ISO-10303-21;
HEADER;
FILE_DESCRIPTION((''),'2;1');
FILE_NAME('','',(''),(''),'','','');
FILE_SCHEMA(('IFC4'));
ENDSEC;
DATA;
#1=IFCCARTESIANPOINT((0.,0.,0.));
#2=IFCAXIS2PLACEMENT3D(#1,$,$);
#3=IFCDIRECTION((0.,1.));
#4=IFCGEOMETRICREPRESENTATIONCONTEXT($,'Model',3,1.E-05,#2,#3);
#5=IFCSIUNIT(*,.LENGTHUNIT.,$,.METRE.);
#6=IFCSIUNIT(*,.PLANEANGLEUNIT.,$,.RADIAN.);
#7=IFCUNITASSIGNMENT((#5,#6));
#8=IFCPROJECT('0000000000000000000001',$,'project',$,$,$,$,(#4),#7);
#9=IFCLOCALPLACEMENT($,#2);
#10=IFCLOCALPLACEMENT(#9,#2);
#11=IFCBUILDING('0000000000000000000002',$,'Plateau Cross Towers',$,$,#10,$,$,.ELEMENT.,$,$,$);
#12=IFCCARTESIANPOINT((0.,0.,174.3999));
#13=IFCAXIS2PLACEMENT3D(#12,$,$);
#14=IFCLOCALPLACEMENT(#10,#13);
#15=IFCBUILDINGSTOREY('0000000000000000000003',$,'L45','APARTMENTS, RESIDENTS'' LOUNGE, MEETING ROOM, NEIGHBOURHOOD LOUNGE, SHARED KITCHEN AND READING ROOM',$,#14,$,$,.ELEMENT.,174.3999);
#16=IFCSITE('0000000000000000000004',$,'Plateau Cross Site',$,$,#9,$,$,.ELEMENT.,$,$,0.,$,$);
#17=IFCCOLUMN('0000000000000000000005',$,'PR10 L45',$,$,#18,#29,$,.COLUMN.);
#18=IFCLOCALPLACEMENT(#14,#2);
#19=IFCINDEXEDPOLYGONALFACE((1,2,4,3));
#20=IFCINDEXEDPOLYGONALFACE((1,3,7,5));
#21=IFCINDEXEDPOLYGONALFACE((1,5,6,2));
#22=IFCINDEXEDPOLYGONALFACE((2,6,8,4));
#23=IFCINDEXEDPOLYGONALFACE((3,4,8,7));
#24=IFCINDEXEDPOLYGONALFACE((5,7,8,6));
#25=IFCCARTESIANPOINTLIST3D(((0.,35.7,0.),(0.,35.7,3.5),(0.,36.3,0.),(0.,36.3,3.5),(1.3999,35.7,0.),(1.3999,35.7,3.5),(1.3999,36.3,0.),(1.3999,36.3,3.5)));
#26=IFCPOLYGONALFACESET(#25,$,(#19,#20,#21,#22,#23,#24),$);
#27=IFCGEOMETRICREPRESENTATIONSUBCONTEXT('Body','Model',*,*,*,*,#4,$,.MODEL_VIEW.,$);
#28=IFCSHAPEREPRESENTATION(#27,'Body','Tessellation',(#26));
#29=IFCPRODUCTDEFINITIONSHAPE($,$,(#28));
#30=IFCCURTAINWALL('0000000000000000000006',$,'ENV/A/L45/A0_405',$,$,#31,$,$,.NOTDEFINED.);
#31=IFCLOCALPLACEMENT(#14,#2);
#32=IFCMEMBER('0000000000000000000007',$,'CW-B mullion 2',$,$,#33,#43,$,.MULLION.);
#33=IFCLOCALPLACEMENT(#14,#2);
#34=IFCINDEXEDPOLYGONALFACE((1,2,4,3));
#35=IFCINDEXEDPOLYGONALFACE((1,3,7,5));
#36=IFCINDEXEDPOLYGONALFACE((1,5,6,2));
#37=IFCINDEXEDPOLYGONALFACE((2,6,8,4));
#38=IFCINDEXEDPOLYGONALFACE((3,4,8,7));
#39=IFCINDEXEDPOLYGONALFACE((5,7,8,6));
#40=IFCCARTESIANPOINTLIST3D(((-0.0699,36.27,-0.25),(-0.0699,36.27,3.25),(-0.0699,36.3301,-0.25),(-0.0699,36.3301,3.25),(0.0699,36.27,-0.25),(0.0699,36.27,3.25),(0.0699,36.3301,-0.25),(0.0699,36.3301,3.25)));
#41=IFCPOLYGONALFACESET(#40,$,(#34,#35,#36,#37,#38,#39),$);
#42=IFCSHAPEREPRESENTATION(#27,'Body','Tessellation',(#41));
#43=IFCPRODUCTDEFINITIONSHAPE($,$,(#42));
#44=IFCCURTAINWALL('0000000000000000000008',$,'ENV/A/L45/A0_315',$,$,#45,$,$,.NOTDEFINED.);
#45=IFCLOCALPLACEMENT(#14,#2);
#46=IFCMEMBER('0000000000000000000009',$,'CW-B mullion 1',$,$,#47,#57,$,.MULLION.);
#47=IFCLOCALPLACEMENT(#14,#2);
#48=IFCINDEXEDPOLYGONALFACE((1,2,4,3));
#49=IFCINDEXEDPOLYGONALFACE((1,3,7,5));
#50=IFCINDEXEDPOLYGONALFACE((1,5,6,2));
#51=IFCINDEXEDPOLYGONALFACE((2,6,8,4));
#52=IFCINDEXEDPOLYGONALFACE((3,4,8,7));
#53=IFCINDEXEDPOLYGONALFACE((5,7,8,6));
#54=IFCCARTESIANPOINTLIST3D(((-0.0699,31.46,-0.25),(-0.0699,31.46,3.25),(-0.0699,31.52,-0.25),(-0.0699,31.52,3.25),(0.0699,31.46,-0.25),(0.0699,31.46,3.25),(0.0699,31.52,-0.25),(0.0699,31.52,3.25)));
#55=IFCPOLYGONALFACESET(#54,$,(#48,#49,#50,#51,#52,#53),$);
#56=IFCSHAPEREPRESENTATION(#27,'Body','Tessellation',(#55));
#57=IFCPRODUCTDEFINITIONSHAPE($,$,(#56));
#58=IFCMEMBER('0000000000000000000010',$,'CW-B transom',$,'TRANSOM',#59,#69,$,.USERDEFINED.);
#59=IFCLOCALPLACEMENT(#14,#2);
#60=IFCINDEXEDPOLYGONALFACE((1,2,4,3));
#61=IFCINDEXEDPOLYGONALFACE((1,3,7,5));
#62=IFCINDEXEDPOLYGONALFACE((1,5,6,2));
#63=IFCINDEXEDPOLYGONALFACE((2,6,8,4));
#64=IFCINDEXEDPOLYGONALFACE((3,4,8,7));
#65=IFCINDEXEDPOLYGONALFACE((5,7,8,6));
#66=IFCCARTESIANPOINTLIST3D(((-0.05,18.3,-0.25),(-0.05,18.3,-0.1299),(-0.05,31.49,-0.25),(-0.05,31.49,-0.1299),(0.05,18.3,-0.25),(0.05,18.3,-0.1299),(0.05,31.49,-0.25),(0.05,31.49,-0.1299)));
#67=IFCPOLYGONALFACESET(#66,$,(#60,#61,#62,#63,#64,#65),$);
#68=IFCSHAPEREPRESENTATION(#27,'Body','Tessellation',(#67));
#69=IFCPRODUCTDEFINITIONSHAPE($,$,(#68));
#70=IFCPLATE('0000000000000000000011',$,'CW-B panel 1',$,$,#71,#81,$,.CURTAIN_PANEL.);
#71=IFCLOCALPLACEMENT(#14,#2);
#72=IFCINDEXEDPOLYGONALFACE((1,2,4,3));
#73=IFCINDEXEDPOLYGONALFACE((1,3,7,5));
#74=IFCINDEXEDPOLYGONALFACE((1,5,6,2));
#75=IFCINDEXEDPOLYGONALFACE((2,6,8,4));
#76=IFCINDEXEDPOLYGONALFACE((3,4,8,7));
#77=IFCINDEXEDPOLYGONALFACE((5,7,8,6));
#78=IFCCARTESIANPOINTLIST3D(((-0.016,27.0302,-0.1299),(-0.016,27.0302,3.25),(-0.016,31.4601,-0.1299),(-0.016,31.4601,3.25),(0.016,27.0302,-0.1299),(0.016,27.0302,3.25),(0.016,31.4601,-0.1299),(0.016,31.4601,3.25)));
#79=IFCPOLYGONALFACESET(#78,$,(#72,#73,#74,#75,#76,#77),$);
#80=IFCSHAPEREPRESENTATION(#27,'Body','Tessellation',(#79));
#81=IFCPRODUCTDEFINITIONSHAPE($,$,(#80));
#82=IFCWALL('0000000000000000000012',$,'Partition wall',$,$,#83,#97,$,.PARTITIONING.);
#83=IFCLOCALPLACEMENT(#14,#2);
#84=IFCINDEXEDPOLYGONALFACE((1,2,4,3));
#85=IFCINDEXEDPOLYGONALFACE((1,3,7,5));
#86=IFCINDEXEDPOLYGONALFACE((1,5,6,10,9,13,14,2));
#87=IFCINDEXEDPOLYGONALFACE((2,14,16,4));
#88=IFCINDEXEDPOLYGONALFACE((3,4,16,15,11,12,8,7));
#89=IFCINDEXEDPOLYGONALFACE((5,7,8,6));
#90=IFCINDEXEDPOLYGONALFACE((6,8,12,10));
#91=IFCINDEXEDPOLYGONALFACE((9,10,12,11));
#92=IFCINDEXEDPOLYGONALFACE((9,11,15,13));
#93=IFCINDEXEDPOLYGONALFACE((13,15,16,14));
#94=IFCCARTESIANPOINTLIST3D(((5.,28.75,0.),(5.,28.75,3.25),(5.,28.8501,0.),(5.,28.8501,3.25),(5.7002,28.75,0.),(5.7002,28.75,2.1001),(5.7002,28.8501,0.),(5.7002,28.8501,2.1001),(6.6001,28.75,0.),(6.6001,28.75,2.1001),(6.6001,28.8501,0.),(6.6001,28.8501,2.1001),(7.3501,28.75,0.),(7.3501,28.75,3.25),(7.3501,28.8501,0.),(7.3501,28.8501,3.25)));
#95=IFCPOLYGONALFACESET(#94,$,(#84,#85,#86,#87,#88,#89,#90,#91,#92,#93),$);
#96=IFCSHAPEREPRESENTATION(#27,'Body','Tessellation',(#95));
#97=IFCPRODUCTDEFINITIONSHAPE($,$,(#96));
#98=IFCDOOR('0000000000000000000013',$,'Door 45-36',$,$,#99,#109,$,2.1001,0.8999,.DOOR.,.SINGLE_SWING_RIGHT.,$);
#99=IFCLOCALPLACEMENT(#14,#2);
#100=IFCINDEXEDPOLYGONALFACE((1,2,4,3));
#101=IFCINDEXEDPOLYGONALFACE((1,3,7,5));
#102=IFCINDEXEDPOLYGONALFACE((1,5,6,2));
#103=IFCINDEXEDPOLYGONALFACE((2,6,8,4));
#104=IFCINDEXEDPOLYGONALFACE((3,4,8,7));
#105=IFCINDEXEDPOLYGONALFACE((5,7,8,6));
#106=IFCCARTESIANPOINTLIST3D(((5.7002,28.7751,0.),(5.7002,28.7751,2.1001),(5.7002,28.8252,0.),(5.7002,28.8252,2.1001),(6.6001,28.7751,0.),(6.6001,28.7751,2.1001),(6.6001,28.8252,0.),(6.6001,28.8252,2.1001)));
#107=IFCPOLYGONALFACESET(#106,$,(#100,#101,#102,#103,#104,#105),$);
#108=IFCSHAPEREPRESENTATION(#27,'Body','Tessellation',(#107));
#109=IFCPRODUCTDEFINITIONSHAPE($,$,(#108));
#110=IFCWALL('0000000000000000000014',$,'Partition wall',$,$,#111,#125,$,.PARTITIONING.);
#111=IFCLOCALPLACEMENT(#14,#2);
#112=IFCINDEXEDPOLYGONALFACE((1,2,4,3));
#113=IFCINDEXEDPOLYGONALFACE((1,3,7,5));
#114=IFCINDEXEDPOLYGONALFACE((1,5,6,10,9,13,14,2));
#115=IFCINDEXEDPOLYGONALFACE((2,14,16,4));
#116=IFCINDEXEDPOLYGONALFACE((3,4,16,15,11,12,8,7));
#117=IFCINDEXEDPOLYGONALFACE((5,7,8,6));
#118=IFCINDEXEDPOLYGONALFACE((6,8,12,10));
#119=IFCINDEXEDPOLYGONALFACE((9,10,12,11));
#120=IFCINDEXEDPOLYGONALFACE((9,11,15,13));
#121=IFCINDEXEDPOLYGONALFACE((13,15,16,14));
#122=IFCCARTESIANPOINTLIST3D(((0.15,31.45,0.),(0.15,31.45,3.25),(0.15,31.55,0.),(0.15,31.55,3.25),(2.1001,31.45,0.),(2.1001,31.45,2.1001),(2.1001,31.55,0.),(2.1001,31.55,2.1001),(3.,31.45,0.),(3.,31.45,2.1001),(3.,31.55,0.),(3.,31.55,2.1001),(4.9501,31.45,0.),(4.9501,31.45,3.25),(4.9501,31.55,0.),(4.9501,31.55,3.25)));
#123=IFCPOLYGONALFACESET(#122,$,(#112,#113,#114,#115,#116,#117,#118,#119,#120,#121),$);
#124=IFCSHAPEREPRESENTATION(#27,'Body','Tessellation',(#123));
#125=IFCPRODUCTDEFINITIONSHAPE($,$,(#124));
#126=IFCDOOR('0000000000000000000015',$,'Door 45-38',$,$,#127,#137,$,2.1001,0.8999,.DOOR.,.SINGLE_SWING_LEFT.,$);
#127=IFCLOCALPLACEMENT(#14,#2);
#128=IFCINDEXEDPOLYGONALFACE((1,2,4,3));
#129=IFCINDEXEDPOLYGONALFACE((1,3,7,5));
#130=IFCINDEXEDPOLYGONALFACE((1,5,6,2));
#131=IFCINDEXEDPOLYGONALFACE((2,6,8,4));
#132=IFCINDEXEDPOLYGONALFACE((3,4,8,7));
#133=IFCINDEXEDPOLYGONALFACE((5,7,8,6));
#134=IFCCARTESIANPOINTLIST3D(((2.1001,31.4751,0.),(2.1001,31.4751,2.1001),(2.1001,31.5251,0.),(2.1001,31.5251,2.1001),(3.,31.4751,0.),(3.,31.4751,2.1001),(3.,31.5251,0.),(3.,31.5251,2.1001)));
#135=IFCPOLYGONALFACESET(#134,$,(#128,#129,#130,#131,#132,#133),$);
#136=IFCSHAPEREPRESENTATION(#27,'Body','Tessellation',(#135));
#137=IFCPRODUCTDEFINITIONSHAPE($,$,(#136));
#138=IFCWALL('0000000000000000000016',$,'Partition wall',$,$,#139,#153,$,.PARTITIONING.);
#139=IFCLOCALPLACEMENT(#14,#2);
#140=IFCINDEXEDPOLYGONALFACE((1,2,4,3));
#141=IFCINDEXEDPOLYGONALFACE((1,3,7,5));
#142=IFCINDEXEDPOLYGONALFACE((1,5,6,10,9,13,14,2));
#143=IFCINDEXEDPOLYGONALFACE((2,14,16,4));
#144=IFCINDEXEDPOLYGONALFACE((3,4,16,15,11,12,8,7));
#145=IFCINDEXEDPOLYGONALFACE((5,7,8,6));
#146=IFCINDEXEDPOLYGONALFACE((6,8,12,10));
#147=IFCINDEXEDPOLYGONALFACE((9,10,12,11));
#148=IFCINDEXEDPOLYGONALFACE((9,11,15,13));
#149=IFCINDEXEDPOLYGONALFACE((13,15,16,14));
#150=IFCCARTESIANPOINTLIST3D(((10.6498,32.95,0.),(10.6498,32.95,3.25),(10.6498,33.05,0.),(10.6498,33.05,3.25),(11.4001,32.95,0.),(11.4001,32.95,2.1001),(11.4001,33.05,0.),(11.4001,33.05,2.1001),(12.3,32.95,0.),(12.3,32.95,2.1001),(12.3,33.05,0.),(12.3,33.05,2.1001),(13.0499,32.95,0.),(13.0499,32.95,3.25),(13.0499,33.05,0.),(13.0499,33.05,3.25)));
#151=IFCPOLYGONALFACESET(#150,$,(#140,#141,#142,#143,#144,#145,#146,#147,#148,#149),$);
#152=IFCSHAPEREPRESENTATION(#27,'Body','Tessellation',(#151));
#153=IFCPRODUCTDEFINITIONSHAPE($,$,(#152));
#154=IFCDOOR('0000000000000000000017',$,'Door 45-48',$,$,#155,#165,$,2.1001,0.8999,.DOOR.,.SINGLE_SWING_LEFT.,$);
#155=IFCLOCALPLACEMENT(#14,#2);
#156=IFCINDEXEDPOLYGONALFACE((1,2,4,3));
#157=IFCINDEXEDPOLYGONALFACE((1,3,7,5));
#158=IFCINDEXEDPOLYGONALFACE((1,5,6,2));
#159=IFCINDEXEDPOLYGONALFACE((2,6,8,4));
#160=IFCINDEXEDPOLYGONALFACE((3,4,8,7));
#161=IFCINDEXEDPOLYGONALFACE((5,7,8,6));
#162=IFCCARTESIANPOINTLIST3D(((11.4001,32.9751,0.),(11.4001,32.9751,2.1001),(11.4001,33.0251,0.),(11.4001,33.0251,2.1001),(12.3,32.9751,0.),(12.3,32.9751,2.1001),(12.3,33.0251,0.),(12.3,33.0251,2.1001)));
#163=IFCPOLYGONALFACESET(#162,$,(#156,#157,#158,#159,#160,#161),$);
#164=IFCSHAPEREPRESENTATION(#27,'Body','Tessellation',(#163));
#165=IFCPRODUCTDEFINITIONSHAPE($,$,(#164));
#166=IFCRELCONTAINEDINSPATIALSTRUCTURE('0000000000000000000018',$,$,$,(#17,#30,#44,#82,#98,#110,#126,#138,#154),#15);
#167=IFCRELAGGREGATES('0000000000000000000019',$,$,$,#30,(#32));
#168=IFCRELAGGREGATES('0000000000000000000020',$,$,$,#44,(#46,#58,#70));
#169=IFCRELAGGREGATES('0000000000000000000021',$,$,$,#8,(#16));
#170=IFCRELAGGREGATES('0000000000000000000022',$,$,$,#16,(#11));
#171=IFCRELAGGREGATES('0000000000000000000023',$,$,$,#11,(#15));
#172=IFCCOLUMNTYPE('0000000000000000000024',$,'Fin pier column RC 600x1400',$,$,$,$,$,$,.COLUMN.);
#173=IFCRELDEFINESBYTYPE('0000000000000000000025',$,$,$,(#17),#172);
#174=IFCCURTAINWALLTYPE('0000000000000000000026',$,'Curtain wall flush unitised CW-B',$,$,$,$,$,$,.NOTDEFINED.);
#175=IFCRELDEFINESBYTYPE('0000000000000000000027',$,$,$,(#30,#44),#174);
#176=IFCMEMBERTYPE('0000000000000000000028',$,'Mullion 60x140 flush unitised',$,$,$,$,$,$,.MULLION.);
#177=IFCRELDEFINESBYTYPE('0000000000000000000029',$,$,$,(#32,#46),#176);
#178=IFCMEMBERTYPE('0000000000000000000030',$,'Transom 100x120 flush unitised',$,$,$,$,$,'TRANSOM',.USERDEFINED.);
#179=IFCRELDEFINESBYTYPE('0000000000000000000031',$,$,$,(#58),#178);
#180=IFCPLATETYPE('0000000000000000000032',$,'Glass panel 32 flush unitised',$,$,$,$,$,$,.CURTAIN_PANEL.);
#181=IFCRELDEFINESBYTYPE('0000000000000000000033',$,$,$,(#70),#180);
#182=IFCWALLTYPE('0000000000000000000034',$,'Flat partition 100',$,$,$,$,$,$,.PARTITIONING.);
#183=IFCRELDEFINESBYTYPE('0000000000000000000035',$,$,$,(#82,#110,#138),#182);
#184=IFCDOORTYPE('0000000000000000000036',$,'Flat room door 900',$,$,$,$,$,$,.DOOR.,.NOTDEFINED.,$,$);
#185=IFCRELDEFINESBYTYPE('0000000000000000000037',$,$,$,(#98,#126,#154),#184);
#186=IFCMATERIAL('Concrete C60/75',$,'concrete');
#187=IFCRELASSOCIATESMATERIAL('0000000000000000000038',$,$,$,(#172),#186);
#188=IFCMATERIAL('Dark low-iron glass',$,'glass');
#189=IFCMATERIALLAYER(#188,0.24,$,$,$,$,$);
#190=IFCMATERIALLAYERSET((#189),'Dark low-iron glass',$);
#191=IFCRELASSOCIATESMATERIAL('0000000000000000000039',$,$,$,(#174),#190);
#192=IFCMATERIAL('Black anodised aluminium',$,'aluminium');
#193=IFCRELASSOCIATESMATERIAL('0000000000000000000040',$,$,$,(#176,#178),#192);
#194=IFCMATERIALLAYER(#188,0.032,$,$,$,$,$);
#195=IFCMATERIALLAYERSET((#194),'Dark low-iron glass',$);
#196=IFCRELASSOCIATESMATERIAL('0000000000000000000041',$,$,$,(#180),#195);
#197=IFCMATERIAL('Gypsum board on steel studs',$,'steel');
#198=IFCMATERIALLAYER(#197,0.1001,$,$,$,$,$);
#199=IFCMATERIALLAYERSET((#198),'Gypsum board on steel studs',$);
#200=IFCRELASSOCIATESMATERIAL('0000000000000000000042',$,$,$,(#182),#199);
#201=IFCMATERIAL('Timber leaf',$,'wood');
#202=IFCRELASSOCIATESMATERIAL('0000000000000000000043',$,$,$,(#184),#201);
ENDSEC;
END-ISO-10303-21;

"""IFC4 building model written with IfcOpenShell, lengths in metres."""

from ifc_helpers import new_model, si_unit, direction, frame, frame_2d, origin, origin_2d, place, context, subcontext, project, spatial, rectangle, extrude, material, layer, layer_set, material_profile, profile_set, type_object, element, fill, aggregate, save


model = new_model("IFC4")

# Units and contexts
model_context = context("Model", 3, precision=1e-05, world=origin(), true_north=direction((0.0, 1.0)))
body_context = subcontext(model_context, "Body", "Model", "MODEL_VIEW")
ifc_project = project(units=[si_unit("LENGTHUNIT", "METRE"), si_unit("PLANEANGLEUNIT", "RADIAN")], contexts=[model_context])

# Site, building, storey
site_placement = place(None, origin())
site = spatial("IfcSite", under=ifc_project, at=site_placement, Name="Plateau Cross Site", CompositionType="ELEMENT", RefElevation=0.0)
building_placement = place(site_placement, origin())
building = spatial("IfcBuilding", under=site, at=building_placement, Name="Plateau Cross Towers", CompositionType="ELEMENT")
storey_placement = place(building_placement, frame((0.0, 0.0, 174.3999)))
storey = spatial("IfcBuildingStorey", under=building, at=storey_placement, Name="L45", Description="APARTMENTS, RESIDENTS' LOUNGE, MEETING ROOM, NEIGHBOURHOOD LOUNGE, SHARED KITCHEN AND READING ROOM", CompositionType="ELEMENT", Elevation=174.3999)

# Column
ifc_material_1 = material(Name="Concrete C60/75", Category="concrete")
ifc_material_profile_1 = material_profile(ifc_material_1, rectangle(XDim=0.6001, YDim=1.3999, at=origin_2d()), Name="RC 600x1400")
ifc_profile_set_1 = profile_set([ifc_material_profile_1], Name="Concrete C60/75")
column_type = type_object("IfcColumnType", Name="Fin pier column RC 600x1400", PredefinedType="COLUMN", material=ifc_profile_set_1)
column_placement = place(storey_placement, frame((0.7, 36.0, 0.0), z_axis=(0.0, 0.0, 1.0), x_axis=(0.0, 1.0, 0.0)))
element("IfcColumn", 1, at=column_placement, inside=storey, type_object=column_type, Name="PR10 L45", PredefinedType="COLUMN", context=body_context, shape_type="SweptSolid", body=[
    extrude(rectangle(XDim=0.6001, YDim=1.3999, at=origin_2d()), origin(), (0.0, 0.0, 1.0), 3.5),
])

# Curtain wall, member
ifc_material_2 = material(Name="Dark low-iron glass", Category="glass")
ifc_layer_1 = layer(ifc_material_2, 0.24)
ifc_layer_set_1 = layer_set([ifc_layer_1], Name="Dark low-iron glass")
curtain_wall_type = type_object("IfcCurtainWallType", Name="Curtain wall flush unitised CW-B", PredefinedType="NOTDEFINED", material=ifc_layer_set_1)
curtain_wall_1_placement = place(storey_placement, origin())
curtain_wall_1 = element("IfcCurtainWall", 2, at=curtain_wall_1_placement, inside=storey, type_object=curtain_wall_type, Name="ENV/A/L45/A0_405", PredefinedType="NOTDEFINED")
ifc_material_3 = material(Name="Black anodised aluminium", Category="aluminium")
ifc_material_profile_2 = material_profile(ifc_material_3, rectangle(XDim=0.0601, YDim=0.1399, at=origin_2d()), Name="MULLION 60x140")
ifc_profile_set_2 = profile_set([ifc_material_profile_2], Name="Black anodised aluminium")
member_type_1 = type_object("IfcMemberType", Name="Mullion 60x140 flush unitised", PredefinedType="MULLION", material=ifc_profile_set_2)
member_1_placement = place(storey_placement, frame((0.0, 36.3, -0.25), z_axis=(0.0, 0.0, 1.0), x_axis=(0.0, -1.0, 0.0)))
member_1 = element("IfcMember", 3, at=member_1_placement, type_object=member_type_1, Name="CW-B mullion 2", PredefinedType="MULLION", context=body_context, shape_type="SweptSolid", body=[
    extrude(rectangle(XDim=0.0601, YDim=0.1399, at=origin_2d()), origin(), (0.0, 0.0, 1.0), 3.5),
])
aggregate(curtain_wall_1, [member_1])

# Curtain wall, members, plate
curtain_wall_2_placement = place(storey_placement, origin())
curtain_wall_2 = element("IfcCurtainWall", 4, at=curtain_wall_2_placement, inside=storey, type_object=curtain_wall_type, Name="ENV/A/L45/A0_315", PredefinedType="NOTDEFINED")
member_2_placement = place(storey_placement, frame((0.0, 31.49, -0.25), z_axis=(0.0, 0.0, 1.0), x_axis=(0.0, -1.0, 0.0)))
member_2 = element("IfcMember", 5, at=member_2_placement, type_object=member_type_1, Name="CW-B mullion 1", PredefinedType="MULLION", context=body_context, shape_type="SweptSolid", body=[
    extrude(rectangle(XDim=0.0601, YDim=0.1399, at=origin_2d()), origin(), (0.0, 0.0, 1.0), 3.5),
])
ifc_material_profile_3 = material_profile(ifc_material_3, rectangle(XDim=0.1001, YDim=0.1201, at=origin_2d()), Name="TRANSOM 100x120")
ifc_profile_set_3 = profile_set([ifc_material_profile_3], Name="Black anodised aluminium")
member_type_2 = type_object("IfcMemberType", Name="Transom 100x120 flush unitised", ElementType="TRANSOM", PredefinedType="USERDEFINED", material=ifc_profile_set_3)
member_3_placement = place(storey_placement, frame((0.0, 31.49, -0.1899), z_axis=(0.0, -1.0, 0.0), x_axis=(1.0, 0.0, 0.0)))
member_3 = element("IfcMember", 6, at=member_3_placement, type_object=member_type_2, Name="CW-B transom", ObjectType="TRANSOM", PredefinedType="USERDEFINED", context=body_context, shape_type="SweptSolid", body=[
    extrude(rectangle(XDim=0.1001, YDim=0.1201, at=origin_2d()), origin(), (0.0, 0.0, 1.0), 13.1899),
])
ifc_layer_2 = layer(ifc_material_2, 0.032)
ifc_layer_set_2 = layer_set([ifc_layer_2], Name="Dark low-iron glass")
plate_type = type_object("IfcPlateType", Name="Glass panel 32 flush unitised", PredefinedType="CURTAIN_PANEL", material=ifc_layer_set_2)
plate_placement = place(storey_placement, frame((0.0, 29.2451, -0.1299), z_axis=(0.0, 0.0, 1.0), x_axis=(0.0, -1.0, 0.0)))
plate = element("IfcPlate", 7, at=plate_placement, type_object=plate_type, Name="CW-B panel 1", PredefinedType="CURTAIN_PANEL", context=body_context, shape_type="SweptSolid", body=[
    extrude(rectangle(XDim=4.4299, YDim=0.032, at=origin_2d()), origin(), (0.0, 0.0, 1.0), 3.3799),
])
aggregate(curtain_wall_2, [member_2, member_3, plate])

# Walls, openings, doors
ifc_material_4 = material(Name="Gypsum board on steel studs", Category="steel")
ifc_layer_3 = layer(ifc_material_4, 0.1001)
ifc_layer_set_3 = layer_set([ifc_layer_3], Name="Gypsum board on steel studs")
wall_type_1 = type_object("IfcWallType", Name="Flat partition 100", PredefinedType="PARTITIONING", material=ifc_layer_set_3)
wall_1_placement = place(storey_placement, frame((7.3501, 28.8, 0.0), z_axis=(0.0, 0.0, 1.0), x_axis=(-1.0, 0.0, 0.0)))
wall_1 = element("IfcWall", 8, at=wall_1_placement, inside=storey, type_object=wall_type_1, Name="Partition wall", PredefinedType="PARTITIONING", context=body_context, shape_type="SweptSolid", body=[
    extrude(rectangle(XDim=2.3501, YDim=0.1001, at=frame_2d((1.175, 0.0))), origin(), (0.0, 0.0, 1.0), 3.25),
])
opening_1_placement = place(wall_1_placement, frame((0.75, 0.0, 0.0)))
opening_1 = element("IfcOpeningElement", 9, at=opening_1_placement, cuts=wall_1, PredefinedType="OPENING", context=body_context, shape_type="SweptSolid", body=[
    extrude(rectangle(XDim=0.8999, YDim=2.1001, at=frame_2d((0.45, 1.05))), frame((0.0, 0.0601, 0.0), z_axis=(0.0, -1.0, 0.0), x_axis=(1.0, 0.0, 0.0)), (0.0, 0.0, 1.0), 0.1201),
])
ifc_material_5 = material(Name="Timber leaf", Category="wood")
door_type_1 = type_object("IfcDoorType", Name="Flat room door 900", OperationType="NOTDEFINED", PredefinedType="DOOR", material=ifc_material_5)
door_1_placement = place(opening_1_placement, origin())
door_1 = element("IfcDoor", 10, at=door_1_placement, inside=storey, type_object=door_type_1, Name="Door 45-36", OperationType="SINGLE_SWING_RIGHT", OverallHeight=2.1001, OverallWidth=0.8999, PredefinedType="DOOR", context=body_context, shape_type="SweptSolid", body=[
    extrude(rectangle(XDim=0.8999, YDim=2.1001, at=frame_2d((0.45, 1.05))), frame((0.0, 0.0249, 0.0), z_axis=(0.0, -1.0, 0.0), x_axis=(1.0, 0.0, 0.0)), (0.0, 0.0, 1.0), 0.05),
])
fill(opening_1, door_1)
wall_2_placement = place(storey_placement, frame((4.95, 31.5, 0.0), z_axis=(0.0, 0.0, 1.0), x_axis=(-1.0, 0.0, 0.0)))
wall_2 = element("IfcWall", 11, at=wall_2_placement, inside=storey, type_object=wall_type_1, Name="Partition wall", PredefinedType="PARTITIONING", context=body_context, shape_type="SweptSolid", body=[
    extrude(rectangle(XDim=4.8, YDim=0.1001, at=frame_2d((2.3999, 0.0))), origin(), (0.0, 0.0, 1.0), 3.25),
])
opening_2_placement = place(wall_2_placement, frame((1.95, 0.0, 0.0)))
opening_2 = element("IfcOpeningElement", 12, at=opening_2_placement, cuts=wall_2, PredefinedType="OPENING", context=body_context, shape_type="SweptSolid", body=[
    extrude(rectangle(XDim=0.8999, YDim=2.1001, at=frame_2d((0.45, 1.05))), frame((0.0, 0.0601, 0.0), z_axis=(0.0, -1.0, 0.0), x_axis=(1.0, 0.0, 0.0)), (0.0, 0.0, 1.0), 0.1201),
])
door_2_placement = place(opening_2_placement, origin())
door_2 = element("IfcDoor", 13, at=door_2_placement, inside=storey, type_object=door_type_1, Name="Door 45-38", OperationType="SINGLE_SWING_LEFT", OverallHeight=2.1001, OverallWidth=0.8999, PredefinedType="DOOR", context=body_context, shape_type="SweptSolid", body=[
    extrude(rectangle(XDim=0.8999, YDim=2.1001, at=frame_2d((0.45, 1.05))), frame((0.0, 0.0249, 0.0), z_axis=(0.0, -1.0, 0.0), x_axis=(1.0, 0.0, 0.0)), (0.0, 0.0, 1.0), 0.05),
])
fill(opening_2, door_2)
wall_3_placement = place(storey_placement, frame((13.05, 33.0, 0.0), z_axis=(0.0, 0.0, 1.0), x_axis=(-1.0, 0.0, 0.0)))
wall_3 = element("IfcWall", 14, at=wall_3_placement, inside=storey, type_object=wall_type_1, Name="Partition wall", PredefinedType="PARTITIONING", context=body_context, shape_type="SweptSolid", body=[
    extrude(rectangle(XDim=2.4001, YDim=0.1001, at=frame_2d((1.2002, 0.0))), origin(), (0.0, 0.0, 1.0), 3.25),
])
opening_3_placement = place(wall_3_placement, frame((0.75, 0.0, 0.0)))
opening_3 = element("IfcOpeningElement", 15, at=opening_3_placement, cuts=wall_3, PredefinedType="OPENING", context=body_context, shape_type="SweptSolid", body=[
    extrude(rectangle(XDim=0.8999, YDim=2.1001, at=frame_2d((0.45, 1.05))), frame((0.0, 0.0601, 0.0), z_axis=(0.0, -1.0, 0.0), x_axis=(1.0, 0.0, 0.0)), (0.0, 0.0, 1.0), 0.1201),
])
door_3_placement = place(opening_3_placement, origin())
door_3 = element("IfcDoor", 16, at=door_3_placement, inside=storey, type_object=door_type_1, Name="Door 45-48", OperationType="SINGLE_SWING_LEFT", OverallHeight=2.1001, OverallWidth=0.8999, PredefinedType="DOOR", context=body_context, shape_type="SweptSolid", body=[
    extrude(rectangle(XDim=0.8999, YDim=2.1001, at=frame_2d((0.45, 1.05))), frame((0.0, 0.0249, 0.0), z_axis=(0.0, -1.0, 0.0), x_axis=(1.0, 0.0, 0.0)), (0.0, 0.0, 1.0), 0.05),
])
fill(opening_3, door_3)

save(model, "model.ifc")
